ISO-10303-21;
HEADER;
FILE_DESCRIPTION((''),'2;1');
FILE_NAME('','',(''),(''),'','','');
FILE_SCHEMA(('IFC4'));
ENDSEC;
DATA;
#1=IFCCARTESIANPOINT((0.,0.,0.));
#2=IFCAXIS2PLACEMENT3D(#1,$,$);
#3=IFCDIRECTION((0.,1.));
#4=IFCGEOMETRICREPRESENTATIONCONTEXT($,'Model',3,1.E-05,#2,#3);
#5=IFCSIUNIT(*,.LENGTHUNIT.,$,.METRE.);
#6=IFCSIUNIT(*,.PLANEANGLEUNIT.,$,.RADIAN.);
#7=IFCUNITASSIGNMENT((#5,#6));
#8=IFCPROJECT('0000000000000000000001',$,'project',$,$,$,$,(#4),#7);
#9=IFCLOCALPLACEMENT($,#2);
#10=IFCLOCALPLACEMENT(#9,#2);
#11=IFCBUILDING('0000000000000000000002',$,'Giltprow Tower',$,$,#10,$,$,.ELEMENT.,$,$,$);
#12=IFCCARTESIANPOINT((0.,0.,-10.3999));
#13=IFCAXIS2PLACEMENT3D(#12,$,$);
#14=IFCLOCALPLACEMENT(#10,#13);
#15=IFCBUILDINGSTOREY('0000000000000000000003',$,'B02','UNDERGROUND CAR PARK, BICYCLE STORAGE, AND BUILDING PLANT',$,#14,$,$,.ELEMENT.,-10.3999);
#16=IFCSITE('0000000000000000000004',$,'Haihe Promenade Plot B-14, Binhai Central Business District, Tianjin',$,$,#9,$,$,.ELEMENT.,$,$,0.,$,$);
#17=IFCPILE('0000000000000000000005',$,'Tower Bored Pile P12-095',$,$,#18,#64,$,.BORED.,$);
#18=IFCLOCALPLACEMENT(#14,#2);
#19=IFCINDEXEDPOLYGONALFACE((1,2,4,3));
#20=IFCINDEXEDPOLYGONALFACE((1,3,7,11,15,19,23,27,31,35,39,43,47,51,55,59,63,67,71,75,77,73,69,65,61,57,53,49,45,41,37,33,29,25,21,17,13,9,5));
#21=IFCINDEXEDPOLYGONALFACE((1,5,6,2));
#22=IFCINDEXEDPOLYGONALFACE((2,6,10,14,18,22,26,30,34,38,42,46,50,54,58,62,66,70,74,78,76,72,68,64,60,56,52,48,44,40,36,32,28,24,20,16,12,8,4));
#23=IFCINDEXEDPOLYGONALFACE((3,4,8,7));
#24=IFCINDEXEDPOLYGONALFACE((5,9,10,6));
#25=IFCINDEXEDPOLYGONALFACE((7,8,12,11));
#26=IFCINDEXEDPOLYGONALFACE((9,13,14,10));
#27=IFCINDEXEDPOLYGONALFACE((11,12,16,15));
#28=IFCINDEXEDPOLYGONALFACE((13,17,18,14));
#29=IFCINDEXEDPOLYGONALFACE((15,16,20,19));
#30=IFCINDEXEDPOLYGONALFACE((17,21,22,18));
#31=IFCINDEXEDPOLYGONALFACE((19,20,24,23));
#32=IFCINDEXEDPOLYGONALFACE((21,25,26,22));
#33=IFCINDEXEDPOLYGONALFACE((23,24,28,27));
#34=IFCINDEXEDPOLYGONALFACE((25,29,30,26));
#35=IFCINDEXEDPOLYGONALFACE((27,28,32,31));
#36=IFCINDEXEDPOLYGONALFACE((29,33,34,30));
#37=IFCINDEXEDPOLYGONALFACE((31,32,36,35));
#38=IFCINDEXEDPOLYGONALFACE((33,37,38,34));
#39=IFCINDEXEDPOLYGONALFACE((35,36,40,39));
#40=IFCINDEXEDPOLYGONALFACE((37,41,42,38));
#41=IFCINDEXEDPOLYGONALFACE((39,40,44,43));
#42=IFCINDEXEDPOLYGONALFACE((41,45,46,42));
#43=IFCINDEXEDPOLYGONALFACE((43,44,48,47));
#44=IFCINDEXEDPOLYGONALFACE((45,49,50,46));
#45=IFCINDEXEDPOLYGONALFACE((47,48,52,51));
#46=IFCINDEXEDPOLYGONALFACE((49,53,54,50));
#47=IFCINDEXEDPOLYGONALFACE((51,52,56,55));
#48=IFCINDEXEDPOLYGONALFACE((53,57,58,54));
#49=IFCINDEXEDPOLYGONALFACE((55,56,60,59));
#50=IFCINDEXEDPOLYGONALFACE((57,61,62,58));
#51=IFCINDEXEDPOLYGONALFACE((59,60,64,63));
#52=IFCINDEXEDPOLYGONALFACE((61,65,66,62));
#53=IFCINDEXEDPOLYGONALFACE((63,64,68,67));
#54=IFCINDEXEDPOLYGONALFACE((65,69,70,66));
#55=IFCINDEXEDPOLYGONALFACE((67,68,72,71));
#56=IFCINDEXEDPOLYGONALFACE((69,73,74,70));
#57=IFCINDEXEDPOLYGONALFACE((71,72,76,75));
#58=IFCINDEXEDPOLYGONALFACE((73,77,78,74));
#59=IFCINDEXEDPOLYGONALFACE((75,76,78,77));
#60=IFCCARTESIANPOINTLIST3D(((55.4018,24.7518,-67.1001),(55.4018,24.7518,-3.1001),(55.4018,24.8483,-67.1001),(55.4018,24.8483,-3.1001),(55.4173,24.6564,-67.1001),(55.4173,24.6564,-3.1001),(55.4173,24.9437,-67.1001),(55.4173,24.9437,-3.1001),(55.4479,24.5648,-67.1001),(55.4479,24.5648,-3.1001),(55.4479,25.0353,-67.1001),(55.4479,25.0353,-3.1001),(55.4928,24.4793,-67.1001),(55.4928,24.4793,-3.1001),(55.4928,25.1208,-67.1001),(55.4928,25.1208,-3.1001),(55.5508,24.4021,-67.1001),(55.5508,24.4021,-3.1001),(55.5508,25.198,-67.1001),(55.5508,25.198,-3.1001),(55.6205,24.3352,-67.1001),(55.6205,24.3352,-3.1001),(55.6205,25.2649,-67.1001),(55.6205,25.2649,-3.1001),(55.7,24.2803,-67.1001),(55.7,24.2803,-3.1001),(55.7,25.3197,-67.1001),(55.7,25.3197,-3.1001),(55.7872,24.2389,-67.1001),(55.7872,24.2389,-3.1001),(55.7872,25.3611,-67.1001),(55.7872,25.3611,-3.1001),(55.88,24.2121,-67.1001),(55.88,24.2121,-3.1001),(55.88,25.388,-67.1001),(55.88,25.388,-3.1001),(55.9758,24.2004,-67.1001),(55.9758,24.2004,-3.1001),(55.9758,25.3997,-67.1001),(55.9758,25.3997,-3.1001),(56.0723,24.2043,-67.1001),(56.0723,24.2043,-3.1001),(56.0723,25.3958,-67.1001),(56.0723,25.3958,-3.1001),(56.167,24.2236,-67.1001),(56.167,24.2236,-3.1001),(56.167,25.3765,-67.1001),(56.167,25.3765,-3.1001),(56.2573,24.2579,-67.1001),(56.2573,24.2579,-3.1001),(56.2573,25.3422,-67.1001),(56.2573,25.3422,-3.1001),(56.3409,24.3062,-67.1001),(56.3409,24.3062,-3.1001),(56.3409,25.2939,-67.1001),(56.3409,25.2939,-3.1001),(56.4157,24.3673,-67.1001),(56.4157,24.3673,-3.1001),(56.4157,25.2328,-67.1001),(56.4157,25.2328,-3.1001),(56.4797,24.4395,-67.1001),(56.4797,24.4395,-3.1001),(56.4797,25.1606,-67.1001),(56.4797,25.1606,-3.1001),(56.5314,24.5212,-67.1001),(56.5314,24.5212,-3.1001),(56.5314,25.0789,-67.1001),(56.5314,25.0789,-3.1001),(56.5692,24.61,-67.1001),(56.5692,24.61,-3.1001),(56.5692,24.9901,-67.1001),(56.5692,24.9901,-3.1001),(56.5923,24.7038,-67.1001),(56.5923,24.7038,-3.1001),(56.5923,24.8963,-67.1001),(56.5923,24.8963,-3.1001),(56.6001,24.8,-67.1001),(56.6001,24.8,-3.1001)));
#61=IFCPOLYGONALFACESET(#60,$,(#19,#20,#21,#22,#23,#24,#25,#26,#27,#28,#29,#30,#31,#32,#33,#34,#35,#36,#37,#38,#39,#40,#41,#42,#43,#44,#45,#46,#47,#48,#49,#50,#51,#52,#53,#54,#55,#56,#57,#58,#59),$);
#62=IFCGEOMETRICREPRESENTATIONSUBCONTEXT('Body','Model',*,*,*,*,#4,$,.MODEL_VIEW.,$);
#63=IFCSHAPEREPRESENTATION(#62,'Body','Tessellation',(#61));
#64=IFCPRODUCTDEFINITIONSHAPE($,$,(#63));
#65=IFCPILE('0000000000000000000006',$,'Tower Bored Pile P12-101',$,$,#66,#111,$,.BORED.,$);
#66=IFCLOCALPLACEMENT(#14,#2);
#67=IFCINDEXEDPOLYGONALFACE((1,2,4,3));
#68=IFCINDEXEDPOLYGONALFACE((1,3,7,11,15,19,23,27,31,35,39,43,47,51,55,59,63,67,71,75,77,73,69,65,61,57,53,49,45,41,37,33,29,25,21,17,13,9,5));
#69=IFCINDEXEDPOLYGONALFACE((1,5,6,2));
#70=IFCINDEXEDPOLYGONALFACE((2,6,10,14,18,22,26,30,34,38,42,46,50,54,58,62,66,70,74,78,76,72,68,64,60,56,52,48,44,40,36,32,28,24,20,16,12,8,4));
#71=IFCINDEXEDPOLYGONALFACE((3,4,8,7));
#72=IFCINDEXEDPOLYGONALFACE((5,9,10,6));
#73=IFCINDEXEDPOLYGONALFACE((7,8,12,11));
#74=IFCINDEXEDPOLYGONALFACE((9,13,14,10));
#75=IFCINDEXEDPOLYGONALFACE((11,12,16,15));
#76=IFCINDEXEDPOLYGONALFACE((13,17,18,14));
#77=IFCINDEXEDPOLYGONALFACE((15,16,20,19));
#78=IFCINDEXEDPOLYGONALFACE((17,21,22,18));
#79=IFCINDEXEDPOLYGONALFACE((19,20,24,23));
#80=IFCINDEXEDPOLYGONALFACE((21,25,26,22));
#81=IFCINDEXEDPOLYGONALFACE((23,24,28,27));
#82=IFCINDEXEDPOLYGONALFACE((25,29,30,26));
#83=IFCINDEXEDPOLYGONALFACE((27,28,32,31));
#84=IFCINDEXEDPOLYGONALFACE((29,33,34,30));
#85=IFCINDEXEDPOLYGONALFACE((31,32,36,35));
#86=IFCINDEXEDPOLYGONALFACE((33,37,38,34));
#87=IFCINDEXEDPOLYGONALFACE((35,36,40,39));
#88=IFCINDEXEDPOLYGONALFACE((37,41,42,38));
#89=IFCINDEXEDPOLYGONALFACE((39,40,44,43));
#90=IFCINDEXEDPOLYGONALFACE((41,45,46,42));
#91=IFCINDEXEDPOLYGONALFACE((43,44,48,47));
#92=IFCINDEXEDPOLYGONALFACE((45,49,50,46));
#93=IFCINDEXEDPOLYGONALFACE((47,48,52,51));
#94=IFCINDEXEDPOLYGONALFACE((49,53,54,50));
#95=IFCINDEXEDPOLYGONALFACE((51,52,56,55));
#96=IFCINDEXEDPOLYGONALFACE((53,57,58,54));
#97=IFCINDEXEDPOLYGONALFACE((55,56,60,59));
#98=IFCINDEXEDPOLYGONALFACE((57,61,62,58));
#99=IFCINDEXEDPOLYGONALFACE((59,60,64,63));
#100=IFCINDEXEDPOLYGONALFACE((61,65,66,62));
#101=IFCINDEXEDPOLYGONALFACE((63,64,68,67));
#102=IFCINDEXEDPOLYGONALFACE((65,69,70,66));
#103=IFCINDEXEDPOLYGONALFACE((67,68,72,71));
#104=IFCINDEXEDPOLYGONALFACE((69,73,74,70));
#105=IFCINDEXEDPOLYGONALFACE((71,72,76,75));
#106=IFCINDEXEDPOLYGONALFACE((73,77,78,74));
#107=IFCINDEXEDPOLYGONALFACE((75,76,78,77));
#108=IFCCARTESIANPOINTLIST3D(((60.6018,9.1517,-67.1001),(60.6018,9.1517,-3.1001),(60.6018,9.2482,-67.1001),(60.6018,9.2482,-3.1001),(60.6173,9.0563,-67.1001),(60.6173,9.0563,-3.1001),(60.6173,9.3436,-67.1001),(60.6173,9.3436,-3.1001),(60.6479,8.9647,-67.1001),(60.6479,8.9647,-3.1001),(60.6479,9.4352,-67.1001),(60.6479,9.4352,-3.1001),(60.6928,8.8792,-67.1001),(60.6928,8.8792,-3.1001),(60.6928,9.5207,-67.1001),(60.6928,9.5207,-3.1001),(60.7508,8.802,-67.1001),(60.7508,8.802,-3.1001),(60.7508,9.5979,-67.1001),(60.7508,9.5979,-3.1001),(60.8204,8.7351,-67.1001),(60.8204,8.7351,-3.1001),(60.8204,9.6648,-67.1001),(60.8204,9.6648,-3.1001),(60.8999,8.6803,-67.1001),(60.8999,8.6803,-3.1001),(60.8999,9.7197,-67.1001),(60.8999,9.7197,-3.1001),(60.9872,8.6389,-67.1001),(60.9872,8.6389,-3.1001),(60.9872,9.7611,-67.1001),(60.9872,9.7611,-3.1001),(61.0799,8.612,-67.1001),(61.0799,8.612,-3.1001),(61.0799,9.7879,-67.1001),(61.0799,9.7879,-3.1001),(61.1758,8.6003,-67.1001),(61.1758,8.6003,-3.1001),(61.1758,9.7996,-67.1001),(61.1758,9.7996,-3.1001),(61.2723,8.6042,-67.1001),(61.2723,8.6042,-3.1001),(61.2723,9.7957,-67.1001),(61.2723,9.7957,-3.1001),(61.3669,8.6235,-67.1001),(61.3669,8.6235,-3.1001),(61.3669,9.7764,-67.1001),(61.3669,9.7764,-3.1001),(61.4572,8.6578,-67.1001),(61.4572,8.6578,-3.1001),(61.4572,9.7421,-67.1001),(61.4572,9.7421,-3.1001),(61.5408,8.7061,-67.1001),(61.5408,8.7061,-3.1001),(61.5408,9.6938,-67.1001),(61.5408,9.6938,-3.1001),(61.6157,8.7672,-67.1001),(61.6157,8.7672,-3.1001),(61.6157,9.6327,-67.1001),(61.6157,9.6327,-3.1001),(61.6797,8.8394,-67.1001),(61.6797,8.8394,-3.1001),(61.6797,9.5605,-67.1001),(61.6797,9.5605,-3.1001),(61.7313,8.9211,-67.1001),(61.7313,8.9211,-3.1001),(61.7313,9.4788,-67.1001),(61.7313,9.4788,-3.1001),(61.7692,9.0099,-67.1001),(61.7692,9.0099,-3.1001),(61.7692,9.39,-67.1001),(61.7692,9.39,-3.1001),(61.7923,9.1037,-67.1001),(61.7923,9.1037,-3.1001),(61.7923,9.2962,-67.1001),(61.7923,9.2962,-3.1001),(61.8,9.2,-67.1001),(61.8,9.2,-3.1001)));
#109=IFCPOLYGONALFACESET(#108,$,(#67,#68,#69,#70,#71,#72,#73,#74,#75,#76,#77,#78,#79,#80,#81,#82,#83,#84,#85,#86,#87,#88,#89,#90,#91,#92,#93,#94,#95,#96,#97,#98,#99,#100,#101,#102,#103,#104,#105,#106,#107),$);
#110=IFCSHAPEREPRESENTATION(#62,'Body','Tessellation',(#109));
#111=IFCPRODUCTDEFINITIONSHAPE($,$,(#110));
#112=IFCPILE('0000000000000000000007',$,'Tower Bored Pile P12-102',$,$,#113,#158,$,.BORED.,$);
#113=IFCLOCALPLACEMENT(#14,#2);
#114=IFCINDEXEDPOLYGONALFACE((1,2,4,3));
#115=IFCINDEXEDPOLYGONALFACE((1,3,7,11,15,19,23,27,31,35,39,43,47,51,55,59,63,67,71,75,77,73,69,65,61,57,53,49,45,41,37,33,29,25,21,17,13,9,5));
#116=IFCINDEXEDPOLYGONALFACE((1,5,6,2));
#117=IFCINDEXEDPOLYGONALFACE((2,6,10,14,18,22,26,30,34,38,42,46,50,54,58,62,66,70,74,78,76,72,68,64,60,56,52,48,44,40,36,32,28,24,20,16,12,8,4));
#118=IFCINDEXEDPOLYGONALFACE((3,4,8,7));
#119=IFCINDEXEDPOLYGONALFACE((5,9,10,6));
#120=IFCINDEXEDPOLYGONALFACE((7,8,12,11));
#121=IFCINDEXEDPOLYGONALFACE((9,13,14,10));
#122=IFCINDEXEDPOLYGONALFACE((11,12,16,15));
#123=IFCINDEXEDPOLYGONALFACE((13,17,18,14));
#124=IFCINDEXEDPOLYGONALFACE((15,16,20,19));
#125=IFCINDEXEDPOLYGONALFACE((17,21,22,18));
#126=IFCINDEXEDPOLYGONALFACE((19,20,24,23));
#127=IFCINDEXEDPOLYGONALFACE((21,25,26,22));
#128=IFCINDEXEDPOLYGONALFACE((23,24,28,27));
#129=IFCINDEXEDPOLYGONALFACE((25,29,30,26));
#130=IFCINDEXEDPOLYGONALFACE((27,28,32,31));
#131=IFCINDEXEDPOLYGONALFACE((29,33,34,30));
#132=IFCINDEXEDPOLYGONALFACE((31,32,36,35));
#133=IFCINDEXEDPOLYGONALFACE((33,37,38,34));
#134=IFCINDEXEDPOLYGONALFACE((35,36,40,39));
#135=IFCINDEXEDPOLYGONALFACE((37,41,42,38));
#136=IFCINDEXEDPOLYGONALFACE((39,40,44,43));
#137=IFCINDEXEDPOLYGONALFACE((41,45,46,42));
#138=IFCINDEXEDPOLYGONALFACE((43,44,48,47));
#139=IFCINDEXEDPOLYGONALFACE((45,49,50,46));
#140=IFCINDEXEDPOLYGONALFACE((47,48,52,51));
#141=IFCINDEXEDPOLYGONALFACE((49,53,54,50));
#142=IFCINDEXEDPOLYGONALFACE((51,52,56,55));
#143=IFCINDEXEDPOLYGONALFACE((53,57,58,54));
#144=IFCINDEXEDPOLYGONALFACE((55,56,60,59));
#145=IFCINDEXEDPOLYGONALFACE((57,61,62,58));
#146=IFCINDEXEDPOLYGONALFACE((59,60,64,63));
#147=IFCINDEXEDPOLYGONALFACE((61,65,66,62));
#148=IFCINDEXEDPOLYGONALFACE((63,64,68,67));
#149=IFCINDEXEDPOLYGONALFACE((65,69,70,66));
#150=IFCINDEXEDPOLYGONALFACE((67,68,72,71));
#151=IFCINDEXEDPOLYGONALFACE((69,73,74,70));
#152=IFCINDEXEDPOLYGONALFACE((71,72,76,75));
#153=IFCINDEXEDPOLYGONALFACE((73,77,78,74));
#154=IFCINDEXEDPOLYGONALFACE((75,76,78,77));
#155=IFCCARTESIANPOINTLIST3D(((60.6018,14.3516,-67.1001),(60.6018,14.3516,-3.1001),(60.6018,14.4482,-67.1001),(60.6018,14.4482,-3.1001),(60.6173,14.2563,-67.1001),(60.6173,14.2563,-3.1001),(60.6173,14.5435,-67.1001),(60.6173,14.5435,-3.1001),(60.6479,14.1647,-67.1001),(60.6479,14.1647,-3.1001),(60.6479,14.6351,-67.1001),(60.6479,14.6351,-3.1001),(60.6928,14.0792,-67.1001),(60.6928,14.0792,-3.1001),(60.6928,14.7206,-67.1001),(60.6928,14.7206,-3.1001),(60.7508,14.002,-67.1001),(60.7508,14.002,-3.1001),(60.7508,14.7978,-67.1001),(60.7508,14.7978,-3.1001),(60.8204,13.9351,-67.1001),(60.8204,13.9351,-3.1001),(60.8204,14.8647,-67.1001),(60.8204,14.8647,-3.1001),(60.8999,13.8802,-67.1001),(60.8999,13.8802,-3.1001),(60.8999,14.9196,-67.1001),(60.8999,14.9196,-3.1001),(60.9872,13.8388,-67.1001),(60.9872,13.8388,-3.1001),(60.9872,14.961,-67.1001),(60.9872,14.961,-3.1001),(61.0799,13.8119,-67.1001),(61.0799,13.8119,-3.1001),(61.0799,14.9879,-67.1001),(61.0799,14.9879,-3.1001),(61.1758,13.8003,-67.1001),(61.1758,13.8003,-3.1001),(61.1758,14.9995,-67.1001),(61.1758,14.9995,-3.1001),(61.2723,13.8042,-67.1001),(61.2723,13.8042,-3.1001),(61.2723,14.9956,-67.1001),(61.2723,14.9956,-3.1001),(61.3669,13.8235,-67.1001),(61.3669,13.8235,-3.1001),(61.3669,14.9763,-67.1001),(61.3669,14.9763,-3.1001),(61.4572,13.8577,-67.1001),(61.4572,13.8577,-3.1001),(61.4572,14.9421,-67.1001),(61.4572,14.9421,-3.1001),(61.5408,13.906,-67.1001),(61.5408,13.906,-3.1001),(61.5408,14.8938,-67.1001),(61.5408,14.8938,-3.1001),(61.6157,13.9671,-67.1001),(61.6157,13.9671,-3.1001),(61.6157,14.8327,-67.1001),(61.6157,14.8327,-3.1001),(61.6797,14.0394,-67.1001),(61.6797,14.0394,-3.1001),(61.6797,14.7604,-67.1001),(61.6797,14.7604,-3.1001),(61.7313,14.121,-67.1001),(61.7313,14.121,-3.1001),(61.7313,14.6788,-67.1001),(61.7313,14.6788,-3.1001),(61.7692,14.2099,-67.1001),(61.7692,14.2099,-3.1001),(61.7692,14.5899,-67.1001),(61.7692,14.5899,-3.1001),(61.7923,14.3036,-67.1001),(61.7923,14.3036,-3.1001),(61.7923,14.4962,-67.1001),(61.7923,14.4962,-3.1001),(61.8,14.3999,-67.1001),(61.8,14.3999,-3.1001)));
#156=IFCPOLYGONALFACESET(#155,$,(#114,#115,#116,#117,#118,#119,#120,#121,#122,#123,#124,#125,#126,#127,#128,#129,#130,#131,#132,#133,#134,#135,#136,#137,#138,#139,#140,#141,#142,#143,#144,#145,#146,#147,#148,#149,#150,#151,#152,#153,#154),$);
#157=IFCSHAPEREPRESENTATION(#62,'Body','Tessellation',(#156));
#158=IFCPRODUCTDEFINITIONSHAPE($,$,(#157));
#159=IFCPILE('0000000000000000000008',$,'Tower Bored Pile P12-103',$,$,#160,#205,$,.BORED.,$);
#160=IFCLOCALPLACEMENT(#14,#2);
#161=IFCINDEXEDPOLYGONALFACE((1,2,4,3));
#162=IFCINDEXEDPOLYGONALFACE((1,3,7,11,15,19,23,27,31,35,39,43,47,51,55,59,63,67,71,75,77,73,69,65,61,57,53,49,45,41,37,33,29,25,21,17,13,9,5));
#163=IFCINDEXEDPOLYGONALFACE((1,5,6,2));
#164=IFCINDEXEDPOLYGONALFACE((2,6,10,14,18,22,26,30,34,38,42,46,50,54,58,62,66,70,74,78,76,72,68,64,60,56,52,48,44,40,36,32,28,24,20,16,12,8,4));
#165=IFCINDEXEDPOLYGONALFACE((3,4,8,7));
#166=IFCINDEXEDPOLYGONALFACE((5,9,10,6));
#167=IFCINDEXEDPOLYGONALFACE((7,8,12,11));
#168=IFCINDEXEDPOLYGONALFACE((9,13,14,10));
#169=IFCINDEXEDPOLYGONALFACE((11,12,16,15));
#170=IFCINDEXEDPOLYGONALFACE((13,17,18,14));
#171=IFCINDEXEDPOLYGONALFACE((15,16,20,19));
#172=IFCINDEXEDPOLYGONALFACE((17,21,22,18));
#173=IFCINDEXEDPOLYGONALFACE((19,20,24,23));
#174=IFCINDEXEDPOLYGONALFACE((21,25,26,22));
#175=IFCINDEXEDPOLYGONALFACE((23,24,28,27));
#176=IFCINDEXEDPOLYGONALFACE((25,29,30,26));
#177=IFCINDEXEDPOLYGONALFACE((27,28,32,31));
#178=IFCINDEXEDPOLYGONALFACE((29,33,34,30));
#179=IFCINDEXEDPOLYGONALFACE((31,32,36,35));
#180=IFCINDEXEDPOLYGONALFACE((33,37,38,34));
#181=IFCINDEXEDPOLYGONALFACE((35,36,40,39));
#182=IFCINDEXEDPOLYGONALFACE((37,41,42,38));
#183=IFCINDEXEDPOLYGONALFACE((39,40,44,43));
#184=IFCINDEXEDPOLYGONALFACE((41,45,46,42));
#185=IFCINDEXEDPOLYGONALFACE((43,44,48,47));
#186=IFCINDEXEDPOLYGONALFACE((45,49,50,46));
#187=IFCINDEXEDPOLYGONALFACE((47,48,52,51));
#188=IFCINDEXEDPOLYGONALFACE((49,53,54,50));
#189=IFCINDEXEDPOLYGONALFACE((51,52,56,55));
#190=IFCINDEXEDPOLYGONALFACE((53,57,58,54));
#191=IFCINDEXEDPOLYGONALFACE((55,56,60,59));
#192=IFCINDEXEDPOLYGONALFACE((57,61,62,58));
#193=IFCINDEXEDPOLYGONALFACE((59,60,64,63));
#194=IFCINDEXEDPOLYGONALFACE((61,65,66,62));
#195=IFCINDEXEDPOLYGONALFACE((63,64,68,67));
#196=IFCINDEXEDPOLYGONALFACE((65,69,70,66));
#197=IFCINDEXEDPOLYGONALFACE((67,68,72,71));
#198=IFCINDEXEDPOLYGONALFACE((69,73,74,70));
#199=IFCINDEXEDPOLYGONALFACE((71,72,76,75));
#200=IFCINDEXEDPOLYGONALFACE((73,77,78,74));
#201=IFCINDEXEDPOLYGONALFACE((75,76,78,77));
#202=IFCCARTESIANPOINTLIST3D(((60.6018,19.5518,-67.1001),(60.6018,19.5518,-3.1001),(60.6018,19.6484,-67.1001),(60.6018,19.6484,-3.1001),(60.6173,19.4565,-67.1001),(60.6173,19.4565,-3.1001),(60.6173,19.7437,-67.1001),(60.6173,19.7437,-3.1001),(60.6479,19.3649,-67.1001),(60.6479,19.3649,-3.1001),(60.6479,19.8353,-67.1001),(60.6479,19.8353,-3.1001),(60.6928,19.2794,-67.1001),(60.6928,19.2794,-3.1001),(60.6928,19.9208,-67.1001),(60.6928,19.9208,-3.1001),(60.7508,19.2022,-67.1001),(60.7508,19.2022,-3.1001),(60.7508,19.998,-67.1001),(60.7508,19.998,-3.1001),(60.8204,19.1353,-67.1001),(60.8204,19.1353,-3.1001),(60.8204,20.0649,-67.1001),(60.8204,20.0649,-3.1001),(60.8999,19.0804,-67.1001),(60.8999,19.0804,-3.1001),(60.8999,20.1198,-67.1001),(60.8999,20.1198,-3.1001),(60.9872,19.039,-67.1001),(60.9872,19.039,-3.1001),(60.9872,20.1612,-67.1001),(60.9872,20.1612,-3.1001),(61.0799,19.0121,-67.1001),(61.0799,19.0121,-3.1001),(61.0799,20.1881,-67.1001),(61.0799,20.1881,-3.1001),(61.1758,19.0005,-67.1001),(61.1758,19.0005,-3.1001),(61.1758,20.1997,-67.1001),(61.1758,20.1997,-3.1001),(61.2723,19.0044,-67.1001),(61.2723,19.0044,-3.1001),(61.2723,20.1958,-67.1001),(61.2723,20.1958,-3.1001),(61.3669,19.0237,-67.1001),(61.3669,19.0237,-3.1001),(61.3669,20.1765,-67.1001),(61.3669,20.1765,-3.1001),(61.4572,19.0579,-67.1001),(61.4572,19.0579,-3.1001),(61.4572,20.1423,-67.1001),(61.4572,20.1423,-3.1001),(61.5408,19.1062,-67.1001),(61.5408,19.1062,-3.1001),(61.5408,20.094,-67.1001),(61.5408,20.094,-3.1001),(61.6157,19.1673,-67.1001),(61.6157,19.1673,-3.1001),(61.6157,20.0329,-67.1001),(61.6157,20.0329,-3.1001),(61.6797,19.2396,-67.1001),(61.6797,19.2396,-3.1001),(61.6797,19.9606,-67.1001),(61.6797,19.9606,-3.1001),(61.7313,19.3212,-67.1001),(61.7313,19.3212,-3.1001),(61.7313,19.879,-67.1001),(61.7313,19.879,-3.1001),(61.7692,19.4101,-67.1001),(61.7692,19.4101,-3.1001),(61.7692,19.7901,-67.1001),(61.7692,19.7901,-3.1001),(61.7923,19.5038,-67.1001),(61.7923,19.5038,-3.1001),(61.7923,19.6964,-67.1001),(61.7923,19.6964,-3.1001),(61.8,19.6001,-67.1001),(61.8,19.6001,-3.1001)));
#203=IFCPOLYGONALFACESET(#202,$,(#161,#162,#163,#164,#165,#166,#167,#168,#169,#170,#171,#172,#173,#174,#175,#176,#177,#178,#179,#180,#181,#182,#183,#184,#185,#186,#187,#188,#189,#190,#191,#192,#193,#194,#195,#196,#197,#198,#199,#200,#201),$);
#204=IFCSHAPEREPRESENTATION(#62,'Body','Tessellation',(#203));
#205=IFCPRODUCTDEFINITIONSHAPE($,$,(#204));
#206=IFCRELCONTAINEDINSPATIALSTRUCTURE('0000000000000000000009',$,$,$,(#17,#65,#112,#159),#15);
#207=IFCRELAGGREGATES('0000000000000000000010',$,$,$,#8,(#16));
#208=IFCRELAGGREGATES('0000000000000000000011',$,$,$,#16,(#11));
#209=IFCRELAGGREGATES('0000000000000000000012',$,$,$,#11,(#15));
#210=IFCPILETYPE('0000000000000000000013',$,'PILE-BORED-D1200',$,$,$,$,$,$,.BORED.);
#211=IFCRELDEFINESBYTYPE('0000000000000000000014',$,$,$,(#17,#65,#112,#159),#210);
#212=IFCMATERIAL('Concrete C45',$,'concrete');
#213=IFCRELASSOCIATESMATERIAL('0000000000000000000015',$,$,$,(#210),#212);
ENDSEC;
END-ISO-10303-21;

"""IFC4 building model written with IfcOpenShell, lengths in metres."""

from ifc_helpers import new_model, si_unit, direction, frame, origin, origin_2d, place, context, subcontext, project, spatial, circle, extrude, source, transform, mapped, material, material_profile, profile_set, type_object, element, save


model = new_model("IFC4")

# Units and contexts
model_context = context("Model", 3, precision=1e-05, world=origin(), true_north=direction((0.0, 1.0)))
body_context = subcontext(model_context, "Body", "Model", "MODEL_VIEW")
ifc_project = project(units=[si_unit("LENGTHUNIT", "METRE"), si_unit("PLANEANGLEUNIT", "RADIAN")], contexts=[model_context])

# Site, building, storey
site_placement = place(None, origin())
site = spatial("IfcSite", under=ifc_project, at=site_placement, Name="Haihe Promenade Plot B-14, Binhai Central Business District, Tianjin", CompositionType="ELEMENT", RefElevation=0.0)
building_placement = place(site_placement, origin())
building = spatial("IfcBuilding", under=site, at=building_placement, Name="Giltprow Tower", CompositionType="ELEMENT")
storey_placement = place(building_placement, frame((0.0, 0.0, -10.3999)))
storey = spatial("IfcBuildingStorey", under=building, at=storey_placement, Name="B02", Description="UNDERGROUND CAR PARK, BICYCLE STORAGE, AND BUILDING PLANT", CompositionType="ELEMENT", Elevation=-10.3999)

# Piles
ifc_material_1 = material(Name="Concrete C45", Category="concrete")
ifc_material_profile_1 = material_profile(ifc_material_1, circle(Radius=0.6001, at=origin_2d()), Name="PILE D1200")
ifc_profile_set_1 = profile_set([ifc_material_profile_1], Name="Concrete C45")
pile_type_1 = type_object("IfcPileType", Name="PILE-BORED-D1200", PredefinedType="BORED", material=ifc_profile_set_1)
shared_shape_1 = source(origin(), body_context, "Body", "SweptSolid", [
    extrude(circle(Radius=0.6001, at=origin_2d()), origin(), (0.0, 0.0, 1.0), 64.0),
])
for number, where, z_axis, x_axis, name in (
    (1, (56.0, 24.8, -3.1001), (0.0, 0.0, -1.0), (1.0, 0.0, 0.0), "Tower Bored Pile P12-095"),
    (2, (61.2, 9.2, -3.1001), (0.0, 0.0, -1.0), (1.0, 0.0, 0.0), "Tower Bored Pile P12-101"),
    (3, (61.2, 14.3999, -3.1001), (0.0, 0.0, -1.0), (1.0, 0.0, 0.0), "Tower Bored Pile P12-102"),
    (4, (61.2, 19.6001, -3.1001), (0.0, 0.0, -1.0), (1.0, 0.0, 0.0), "Tower Bored Pile P12-103"),
):
    element("IfcPile", number, at=place(storey_placement, frame(where, z_axis=z_axis, x_axis=x_axis)), inside=storey, type_object=pile_type_1, Name=name, PredefinedType="BORED", context=body_context, shape_type="MappedRepresentation", body=[
        mapped(shared_shape_1, transform((0.0, 0.0, 0.0), x_axis=(1.0, 0.0, 0.0), y_axis=(0.0, 1.0, 0.0), z_axis=(0.0, 0.0, 1.0), scale=1.0)),
    ])

save(model, "model.ifc")
